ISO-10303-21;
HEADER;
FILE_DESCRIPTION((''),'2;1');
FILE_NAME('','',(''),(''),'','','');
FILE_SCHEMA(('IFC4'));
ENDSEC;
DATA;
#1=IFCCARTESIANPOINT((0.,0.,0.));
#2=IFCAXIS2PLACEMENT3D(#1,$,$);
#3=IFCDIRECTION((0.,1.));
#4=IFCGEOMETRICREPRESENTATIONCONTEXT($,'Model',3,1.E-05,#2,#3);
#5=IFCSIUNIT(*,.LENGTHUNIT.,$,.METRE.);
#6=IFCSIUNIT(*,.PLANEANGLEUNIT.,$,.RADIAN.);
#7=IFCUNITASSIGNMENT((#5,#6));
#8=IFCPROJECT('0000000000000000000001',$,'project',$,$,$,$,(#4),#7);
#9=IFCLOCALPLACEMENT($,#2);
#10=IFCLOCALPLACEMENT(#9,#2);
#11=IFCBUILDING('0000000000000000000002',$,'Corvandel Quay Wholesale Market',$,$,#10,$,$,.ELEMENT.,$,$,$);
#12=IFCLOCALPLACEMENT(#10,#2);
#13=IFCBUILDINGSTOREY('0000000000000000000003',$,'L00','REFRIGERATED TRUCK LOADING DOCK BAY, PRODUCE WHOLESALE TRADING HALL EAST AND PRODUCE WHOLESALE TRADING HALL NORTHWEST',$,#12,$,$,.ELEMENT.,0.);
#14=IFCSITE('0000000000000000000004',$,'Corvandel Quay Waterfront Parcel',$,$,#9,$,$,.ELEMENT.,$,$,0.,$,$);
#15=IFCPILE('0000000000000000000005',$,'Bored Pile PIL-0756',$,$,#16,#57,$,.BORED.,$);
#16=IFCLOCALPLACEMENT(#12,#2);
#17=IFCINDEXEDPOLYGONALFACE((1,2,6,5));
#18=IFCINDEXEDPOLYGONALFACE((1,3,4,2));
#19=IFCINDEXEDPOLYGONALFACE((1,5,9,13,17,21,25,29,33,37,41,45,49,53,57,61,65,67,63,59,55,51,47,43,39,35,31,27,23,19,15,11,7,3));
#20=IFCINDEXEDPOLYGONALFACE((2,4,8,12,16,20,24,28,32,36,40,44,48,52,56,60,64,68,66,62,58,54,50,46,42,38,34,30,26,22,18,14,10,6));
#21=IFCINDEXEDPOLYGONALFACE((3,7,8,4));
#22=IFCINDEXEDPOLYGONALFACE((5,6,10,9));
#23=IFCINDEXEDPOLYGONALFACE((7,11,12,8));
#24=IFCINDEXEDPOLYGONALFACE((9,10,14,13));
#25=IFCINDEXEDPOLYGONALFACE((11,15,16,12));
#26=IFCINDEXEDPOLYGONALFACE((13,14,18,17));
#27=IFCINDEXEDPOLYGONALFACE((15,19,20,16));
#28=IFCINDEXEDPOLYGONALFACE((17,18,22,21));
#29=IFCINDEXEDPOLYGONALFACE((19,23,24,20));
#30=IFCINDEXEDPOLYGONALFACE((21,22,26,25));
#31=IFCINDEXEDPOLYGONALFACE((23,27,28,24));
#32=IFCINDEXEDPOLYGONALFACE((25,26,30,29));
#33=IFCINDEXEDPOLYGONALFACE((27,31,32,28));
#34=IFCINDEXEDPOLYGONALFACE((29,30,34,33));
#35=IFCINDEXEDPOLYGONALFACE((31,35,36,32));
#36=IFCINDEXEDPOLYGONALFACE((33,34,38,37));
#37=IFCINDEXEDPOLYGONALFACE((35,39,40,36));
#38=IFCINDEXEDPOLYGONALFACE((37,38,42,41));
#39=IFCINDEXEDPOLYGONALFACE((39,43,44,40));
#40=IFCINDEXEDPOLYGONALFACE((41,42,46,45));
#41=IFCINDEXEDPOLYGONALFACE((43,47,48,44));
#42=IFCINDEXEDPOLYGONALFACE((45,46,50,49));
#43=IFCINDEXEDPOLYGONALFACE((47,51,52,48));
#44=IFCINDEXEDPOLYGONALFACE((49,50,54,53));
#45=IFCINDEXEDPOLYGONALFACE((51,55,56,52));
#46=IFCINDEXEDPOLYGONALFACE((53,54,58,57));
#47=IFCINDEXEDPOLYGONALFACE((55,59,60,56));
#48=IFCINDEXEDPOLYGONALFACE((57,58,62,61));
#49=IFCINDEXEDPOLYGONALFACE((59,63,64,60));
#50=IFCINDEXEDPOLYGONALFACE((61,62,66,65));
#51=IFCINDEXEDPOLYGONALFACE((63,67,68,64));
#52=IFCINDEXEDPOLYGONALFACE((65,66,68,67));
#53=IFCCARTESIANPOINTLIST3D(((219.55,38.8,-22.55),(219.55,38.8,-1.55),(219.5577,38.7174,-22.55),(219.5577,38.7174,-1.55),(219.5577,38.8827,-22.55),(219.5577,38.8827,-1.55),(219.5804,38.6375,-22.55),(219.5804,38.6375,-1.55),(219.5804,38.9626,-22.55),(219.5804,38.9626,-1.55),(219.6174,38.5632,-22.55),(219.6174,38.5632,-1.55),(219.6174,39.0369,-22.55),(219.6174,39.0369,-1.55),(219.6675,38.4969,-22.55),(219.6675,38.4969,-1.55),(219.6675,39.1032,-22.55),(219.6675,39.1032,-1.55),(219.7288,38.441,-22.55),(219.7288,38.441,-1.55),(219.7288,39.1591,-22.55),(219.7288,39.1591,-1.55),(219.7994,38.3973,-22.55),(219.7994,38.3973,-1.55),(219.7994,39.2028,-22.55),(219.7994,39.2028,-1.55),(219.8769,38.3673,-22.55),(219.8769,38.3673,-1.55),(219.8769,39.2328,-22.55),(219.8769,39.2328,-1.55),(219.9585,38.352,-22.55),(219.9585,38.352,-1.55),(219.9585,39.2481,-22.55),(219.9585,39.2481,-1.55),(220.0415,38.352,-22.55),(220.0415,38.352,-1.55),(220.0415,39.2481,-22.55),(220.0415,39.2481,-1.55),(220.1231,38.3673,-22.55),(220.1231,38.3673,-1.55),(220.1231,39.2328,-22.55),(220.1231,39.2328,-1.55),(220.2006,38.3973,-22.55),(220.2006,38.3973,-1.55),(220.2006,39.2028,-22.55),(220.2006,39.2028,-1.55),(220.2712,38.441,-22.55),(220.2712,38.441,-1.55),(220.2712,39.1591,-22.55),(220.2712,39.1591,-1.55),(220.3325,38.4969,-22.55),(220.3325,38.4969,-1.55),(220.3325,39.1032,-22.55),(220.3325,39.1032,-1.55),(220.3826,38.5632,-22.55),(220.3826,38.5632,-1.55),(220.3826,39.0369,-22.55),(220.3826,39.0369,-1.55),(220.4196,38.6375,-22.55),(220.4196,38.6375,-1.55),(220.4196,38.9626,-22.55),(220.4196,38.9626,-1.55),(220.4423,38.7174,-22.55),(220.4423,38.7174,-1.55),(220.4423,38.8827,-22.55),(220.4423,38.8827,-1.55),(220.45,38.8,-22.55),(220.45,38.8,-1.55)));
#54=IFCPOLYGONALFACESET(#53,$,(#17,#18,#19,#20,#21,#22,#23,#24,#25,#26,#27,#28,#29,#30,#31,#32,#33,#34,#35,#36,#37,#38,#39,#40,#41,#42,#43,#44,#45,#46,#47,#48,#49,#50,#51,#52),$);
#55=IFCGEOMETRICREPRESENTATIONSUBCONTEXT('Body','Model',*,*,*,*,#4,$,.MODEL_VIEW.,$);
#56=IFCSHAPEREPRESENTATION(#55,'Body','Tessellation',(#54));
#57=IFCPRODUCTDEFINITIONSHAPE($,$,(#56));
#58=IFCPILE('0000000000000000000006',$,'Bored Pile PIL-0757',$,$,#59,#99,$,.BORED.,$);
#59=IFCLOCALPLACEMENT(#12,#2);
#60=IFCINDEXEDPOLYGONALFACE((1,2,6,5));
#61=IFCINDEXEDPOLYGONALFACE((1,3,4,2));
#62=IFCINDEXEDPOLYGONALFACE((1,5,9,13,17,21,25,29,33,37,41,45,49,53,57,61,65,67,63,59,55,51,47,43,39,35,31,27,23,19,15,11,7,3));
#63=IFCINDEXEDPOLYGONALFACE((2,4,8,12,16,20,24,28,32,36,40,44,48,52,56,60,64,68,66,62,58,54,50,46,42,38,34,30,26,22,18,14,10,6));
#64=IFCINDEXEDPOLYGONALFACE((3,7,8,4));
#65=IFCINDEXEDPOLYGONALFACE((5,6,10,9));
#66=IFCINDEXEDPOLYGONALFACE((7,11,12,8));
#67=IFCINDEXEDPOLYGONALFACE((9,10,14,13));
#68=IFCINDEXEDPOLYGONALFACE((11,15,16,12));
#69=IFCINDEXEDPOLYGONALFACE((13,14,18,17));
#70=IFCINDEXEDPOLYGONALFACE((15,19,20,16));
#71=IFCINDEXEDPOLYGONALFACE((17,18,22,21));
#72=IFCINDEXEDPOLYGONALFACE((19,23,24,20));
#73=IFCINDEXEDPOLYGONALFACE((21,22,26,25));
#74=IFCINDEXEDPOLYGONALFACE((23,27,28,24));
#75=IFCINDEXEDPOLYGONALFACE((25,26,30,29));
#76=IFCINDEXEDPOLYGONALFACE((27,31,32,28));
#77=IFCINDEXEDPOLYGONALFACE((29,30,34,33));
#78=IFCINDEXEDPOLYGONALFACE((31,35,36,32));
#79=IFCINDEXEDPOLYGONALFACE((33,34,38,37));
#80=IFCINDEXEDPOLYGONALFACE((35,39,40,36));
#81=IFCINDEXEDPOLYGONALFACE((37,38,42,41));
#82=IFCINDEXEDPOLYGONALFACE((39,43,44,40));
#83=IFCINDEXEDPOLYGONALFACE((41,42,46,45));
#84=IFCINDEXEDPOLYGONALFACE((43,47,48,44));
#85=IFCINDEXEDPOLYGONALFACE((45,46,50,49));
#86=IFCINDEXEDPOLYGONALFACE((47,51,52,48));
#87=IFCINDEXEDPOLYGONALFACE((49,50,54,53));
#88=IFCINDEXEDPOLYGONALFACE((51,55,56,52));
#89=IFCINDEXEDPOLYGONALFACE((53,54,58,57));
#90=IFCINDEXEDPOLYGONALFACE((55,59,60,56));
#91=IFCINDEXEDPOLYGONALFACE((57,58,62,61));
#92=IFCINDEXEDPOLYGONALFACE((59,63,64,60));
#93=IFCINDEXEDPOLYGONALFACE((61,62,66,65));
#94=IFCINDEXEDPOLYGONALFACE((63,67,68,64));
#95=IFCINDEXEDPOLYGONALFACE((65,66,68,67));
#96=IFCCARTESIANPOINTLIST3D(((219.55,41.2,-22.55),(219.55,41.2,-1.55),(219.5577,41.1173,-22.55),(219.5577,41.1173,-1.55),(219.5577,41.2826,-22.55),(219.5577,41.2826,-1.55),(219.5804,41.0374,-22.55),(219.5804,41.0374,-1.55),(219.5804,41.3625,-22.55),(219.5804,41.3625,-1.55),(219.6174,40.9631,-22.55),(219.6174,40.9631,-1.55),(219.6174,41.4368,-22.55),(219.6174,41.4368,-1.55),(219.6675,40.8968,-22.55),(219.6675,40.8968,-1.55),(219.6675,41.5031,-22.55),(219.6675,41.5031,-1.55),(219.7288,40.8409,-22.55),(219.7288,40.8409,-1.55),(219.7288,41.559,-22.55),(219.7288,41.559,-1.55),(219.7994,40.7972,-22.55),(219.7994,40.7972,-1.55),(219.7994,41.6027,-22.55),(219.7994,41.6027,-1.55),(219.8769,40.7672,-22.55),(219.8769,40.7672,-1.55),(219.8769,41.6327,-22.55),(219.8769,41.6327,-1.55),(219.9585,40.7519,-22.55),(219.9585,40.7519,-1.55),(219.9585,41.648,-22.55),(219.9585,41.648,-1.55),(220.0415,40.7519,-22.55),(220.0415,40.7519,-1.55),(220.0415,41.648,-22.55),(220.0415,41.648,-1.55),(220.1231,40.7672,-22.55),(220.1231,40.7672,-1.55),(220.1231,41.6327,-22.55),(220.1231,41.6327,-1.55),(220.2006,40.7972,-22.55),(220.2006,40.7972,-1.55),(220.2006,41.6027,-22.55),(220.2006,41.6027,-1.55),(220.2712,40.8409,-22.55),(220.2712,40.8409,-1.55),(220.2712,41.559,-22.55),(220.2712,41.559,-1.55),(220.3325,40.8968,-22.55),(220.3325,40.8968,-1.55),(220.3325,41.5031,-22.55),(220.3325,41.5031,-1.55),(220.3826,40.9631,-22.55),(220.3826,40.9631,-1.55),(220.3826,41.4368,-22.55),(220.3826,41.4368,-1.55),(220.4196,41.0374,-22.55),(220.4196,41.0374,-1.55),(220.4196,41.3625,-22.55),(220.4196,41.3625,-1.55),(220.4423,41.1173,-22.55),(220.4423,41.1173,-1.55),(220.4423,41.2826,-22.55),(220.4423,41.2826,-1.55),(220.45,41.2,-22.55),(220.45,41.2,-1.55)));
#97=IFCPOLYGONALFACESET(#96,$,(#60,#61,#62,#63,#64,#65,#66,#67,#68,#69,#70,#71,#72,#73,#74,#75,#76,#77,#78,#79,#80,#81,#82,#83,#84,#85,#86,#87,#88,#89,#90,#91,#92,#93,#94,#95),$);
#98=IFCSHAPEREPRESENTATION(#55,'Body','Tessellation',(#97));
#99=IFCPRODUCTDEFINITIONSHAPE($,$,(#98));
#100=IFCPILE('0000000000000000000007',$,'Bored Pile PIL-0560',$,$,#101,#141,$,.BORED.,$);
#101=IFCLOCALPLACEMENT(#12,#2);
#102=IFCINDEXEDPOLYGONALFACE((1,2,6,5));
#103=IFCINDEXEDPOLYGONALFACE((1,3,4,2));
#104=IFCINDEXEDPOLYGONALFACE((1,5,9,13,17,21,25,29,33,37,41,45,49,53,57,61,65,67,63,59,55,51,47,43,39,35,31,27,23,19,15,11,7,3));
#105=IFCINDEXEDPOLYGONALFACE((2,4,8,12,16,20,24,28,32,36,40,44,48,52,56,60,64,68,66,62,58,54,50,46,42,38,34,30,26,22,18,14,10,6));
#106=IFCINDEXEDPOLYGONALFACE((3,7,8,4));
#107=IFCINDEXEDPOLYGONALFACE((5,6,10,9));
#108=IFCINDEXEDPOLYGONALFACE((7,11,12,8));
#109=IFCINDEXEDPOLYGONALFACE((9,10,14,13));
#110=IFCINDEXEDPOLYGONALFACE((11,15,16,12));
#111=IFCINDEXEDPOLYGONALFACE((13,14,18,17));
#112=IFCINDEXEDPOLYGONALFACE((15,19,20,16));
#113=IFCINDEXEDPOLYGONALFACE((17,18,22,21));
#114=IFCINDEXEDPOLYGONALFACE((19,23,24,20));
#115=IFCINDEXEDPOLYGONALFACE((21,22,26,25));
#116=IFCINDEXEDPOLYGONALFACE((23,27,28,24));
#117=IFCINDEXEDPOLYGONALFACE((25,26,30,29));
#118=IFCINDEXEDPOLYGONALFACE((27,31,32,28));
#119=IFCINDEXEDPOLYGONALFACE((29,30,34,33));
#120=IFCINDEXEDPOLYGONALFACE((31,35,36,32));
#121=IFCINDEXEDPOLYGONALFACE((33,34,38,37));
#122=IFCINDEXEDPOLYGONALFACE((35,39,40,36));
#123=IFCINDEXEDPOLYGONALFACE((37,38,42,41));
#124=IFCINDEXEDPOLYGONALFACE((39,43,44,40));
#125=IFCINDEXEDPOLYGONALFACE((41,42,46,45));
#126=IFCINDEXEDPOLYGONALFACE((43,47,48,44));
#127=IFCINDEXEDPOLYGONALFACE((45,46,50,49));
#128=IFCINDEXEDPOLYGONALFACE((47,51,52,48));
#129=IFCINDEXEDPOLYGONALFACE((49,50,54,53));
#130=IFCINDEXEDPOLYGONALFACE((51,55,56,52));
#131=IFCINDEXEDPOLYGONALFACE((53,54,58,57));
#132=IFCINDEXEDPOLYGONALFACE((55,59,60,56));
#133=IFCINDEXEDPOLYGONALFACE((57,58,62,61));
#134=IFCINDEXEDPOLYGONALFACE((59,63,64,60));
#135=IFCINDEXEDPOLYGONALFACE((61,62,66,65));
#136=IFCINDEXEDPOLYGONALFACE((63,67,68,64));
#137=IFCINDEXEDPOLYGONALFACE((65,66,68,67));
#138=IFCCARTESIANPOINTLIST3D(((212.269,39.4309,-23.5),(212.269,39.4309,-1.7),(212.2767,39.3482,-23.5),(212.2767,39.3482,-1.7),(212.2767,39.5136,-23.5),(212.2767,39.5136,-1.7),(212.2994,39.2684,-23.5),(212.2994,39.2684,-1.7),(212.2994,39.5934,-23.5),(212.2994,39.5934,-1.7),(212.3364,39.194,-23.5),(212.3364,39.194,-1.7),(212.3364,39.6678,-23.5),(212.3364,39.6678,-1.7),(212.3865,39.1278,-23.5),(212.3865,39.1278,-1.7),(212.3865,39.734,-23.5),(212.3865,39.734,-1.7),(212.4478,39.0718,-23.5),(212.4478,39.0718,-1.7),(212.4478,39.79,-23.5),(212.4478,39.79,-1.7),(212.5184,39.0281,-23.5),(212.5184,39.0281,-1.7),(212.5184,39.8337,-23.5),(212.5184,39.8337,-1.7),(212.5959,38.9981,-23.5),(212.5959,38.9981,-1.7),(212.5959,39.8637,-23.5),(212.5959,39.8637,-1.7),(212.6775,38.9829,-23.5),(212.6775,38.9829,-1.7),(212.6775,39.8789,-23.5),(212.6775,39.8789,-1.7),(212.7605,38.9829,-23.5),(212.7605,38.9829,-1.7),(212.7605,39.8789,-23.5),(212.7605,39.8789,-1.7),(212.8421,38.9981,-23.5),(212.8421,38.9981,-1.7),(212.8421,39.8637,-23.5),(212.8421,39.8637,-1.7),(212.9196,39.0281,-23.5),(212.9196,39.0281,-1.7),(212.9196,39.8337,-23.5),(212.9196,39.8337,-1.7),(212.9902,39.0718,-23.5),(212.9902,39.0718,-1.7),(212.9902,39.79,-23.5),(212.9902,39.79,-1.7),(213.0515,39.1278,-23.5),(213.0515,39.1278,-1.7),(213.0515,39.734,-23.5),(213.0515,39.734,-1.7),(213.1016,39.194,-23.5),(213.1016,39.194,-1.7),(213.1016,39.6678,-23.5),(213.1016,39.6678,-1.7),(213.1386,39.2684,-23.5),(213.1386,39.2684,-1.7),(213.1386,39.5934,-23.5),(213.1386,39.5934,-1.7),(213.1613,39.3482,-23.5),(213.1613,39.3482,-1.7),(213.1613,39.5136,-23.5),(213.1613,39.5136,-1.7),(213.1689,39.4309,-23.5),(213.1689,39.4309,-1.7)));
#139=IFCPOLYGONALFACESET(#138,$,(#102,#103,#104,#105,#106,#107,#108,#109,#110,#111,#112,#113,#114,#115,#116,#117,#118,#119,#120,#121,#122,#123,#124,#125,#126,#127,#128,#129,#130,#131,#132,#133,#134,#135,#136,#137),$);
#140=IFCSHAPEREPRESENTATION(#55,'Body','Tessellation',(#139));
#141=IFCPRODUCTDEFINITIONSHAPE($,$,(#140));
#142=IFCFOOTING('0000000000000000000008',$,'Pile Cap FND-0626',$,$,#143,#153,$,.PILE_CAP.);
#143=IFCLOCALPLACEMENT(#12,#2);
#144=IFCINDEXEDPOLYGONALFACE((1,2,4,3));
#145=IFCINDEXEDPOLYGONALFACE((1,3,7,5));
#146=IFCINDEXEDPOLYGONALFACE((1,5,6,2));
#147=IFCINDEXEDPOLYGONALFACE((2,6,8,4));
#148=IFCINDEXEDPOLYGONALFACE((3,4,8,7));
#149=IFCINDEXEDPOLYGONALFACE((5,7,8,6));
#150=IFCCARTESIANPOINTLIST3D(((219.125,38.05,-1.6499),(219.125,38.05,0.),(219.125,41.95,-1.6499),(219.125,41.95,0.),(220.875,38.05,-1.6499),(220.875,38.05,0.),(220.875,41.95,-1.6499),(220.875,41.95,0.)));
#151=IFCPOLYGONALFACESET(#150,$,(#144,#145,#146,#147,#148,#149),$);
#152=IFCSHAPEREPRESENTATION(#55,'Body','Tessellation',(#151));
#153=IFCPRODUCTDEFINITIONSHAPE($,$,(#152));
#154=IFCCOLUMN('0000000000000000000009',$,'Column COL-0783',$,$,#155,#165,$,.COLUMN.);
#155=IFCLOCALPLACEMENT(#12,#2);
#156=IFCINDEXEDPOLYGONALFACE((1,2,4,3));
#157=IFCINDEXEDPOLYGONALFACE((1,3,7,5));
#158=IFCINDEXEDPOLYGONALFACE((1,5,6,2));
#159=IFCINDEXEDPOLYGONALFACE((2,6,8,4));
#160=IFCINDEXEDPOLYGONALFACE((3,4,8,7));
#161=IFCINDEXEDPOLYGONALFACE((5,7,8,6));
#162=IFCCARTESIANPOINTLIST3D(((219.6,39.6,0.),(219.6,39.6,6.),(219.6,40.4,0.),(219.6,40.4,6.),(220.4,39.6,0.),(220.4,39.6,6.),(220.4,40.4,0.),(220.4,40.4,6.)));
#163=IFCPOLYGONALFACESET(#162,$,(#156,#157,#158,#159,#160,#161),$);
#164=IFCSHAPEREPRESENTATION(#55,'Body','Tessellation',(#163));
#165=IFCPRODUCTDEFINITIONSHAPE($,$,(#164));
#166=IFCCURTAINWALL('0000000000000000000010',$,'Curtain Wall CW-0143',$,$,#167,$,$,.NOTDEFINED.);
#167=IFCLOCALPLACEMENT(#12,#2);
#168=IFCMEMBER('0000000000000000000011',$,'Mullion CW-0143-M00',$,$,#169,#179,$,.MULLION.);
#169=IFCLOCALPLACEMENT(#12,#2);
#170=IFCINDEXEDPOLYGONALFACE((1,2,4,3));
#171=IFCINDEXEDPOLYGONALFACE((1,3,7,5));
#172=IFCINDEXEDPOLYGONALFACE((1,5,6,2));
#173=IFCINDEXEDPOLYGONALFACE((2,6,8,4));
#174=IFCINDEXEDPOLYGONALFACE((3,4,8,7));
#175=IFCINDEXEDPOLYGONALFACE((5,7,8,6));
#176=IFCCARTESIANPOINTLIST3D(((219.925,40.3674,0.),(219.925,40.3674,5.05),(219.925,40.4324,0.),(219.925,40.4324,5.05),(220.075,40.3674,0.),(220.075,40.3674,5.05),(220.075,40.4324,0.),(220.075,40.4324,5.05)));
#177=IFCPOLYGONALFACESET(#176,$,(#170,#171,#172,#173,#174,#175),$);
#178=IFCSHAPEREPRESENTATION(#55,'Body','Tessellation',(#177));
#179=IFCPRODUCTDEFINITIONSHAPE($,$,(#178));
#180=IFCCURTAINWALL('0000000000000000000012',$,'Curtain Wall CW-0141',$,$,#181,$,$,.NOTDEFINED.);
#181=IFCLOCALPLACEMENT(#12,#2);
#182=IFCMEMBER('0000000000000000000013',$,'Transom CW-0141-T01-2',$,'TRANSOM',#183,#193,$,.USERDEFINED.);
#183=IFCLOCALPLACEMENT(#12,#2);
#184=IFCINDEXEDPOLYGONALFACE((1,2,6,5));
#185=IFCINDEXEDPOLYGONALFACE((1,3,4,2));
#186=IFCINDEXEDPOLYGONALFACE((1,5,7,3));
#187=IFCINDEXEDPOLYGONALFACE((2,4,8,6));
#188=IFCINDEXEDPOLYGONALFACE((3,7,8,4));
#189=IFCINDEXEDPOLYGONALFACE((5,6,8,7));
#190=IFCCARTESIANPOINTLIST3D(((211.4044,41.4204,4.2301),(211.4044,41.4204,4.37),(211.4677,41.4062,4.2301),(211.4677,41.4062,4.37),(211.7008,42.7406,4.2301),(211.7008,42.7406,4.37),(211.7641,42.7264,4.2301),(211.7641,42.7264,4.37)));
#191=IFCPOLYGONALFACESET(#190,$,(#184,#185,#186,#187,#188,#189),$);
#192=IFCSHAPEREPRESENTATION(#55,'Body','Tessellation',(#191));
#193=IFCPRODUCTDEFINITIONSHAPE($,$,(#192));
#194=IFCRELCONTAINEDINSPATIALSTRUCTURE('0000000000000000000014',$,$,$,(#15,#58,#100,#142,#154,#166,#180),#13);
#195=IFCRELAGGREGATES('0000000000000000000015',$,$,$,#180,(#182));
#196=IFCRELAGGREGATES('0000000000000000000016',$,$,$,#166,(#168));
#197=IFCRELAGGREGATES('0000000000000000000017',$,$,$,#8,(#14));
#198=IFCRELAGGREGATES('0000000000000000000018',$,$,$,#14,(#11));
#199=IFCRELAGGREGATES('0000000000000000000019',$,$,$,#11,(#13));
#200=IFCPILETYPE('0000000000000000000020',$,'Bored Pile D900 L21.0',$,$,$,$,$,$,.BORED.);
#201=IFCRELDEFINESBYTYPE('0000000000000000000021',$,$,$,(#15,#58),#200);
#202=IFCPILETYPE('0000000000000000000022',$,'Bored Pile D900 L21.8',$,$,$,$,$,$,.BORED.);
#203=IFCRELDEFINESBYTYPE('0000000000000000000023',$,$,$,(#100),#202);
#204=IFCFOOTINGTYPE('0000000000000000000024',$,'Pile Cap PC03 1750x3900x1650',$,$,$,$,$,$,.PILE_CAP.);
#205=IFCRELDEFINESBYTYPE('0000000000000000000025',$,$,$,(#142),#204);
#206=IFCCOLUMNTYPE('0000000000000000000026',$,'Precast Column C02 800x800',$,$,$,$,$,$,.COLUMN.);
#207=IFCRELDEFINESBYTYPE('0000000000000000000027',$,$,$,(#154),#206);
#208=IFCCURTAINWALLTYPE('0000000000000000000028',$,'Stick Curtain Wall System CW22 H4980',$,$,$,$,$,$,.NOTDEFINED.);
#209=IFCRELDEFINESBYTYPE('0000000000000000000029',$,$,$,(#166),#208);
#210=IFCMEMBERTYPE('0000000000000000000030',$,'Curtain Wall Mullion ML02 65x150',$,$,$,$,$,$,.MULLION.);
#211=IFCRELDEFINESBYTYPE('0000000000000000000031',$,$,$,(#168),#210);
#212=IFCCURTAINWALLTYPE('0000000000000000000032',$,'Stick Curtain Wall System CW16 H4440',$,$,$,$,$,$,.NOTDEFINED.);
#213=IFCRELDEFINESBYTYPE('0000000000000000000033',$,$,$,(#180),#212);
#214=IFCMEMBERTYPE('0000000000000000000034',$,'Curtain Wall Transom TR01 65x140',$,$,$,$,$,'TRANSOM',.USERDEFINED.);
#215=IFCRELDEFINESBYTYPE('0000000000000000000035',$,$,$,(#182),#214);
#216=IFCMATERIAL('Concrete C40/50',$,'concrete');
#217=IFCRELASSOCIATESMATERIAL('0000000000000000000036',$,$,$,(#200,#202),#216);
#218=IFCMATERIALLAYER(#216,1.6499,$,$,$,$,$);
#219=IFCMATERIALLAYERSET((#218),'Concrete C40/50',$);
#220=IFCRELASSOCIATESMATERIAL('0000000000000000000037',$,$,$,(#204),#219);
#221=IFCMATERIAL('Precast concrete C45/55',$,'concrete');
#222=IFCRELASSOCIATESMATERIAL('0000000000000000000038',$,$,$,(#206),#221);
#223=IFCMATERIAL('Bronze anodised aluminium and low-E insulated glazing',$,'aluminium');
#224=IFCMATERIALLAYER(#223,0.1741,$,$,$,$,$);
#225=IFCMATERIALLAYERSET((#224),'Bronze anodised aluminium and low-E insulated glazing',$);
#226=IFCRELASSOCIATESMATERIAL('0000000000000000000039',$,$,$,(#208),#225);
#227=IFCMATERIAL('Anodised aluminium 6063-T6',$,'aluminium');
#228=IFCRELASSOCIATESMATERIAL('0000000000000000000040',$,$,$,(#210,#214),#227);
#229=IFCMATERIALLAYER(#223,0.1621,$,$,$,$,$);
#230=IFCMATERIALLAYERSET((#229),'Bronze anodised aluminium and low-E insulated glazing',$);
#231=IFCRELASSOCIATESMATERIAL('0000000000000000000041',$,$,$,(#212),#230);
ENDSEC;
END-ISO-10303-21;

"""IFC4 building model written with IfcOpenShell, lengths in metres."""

from ifc_helpers import new_model, si_unit, direction, frame, origin, origin_2d, place, context, subcontext, project, spatial, rectangle, circle, extrude, material, layer, layer_set, material_profile, profile_set, type_object, element, aggregate, save


model = new_model("IFC4")

# Units and contexts
model_context = context("Model", 3, precision=1e-05, world=origin(), true_north=direction((0.0, 1.0)))
body_context = subcontext(model_context, "Body", "Model", "MODEL_VIEW")
ifc_project = project(units=[si_unit("LENGTHUNIT", "METRE"), si_unit("PLANEANGLEUNIT", "RADIAN")], contexts=[model_context])

# Site, building, storey
site_placement = place(None, origin())
site = spatial("IfcSite", under=ifc_project, at=site_placement, Name="Corvandel Quay Waterfront Parcel", CompositionType="ELEMENT", RefElevation=0.0)
building_placement = place(site_placement, origin())
building = spatial("IfcBuilding", under=site, at=building_placement, Name="Corvandel Quay Wholesale Market", CompositionType="ELEMENT")
storey_placement = place(building_placement, origin())
storey = spatial("IfcBuildingStorey", under=building, at=storey_placement, Name="L00", Description="REFRIGERATED TRUCK LOADING DOCK BAY, PRODUCE WHOLESALE TRADING HALL EAST AND PRODUCE WHOLESALE TRADING HALL NORTHWEST", CompositionType="ELEMENT", Elevation=0.0)

# Piles
ifc_material_1 = material(Name="Concrete C40/50", Category="concrete")
ifc_material_profile_1 = material_profile(ifc_material_1, circle(Radius=0.45, at=origin_2d()), Name="RC-PILE-D900")
ifc_profile_set_1 = profile_set([ifc_material_profile_1], Name="Concrete C40/50")
pile_type_1 = type_object("IfcPileType", Name="Bored Pile D900 L21.0", PredefinedType="BORED", material=ifc_profile_set_1)
for number, where, z_axis, x_axis, name in (
    (1, (220.0, 38.8, -1.55), (0.0, 0.0, -1.0), (1.0, 0.0, 0.0), "Bored Pile PIL-0756"),
    (2, (220.0, 41.2, -1.55), (0.0, 0.0, -1.0), (1.0, 0.0, 0.0), "Bored Pile PIL-0757"),
):
    element("IfcPile", number, at=place(storey_placement, frame(where, z_axis=z_axis, x_axis=x_axis)), inside=storey, type_object=pile_type_1, Name=name, PredefinedType="BORED", context=body_context, shape_type="SweptSolid", body=[
        extrude(circle(Radius=0.45, at=origin_2d()), origin(), (0.0, 0.0, 1.0), 21.0),
    ])
ifc_material_profile_2 = material_profile(ifc_material_1, circle(Radius=0.45, at=origin_2d()), Name="RC-PILE-D900")
ifc_profile_set_2 = profile_set([ifc_material_profile_2], Name="Concrete C40/50")
pile_type_2 = type_object("IfcPileType", Name="Bored Pile D900 L21.8", PredefinedType="BORED", material=ifc_profile_set_2)
pile_placement = place(storey_placement, frame((212.719, 39.4309, -1.7), z_axis=(0.0, 0.0, -1.0), x_axis=(1.0, 0.0, 0.0)))
element("IfcPile", 3, at=pile_placement, inside=storey, type_object=pile_type_2, Name="Bored Pile PIL-0560", PredefinedType="BORED", context=body_context, shape_type="SweptSolid", body=[
    extrude(circle(Radius=0.45, at=origin_2d()), origin(), (0.0, 0.0, 1.0), 21.8),
])

# Footing
ifc_layer_1 = layer(ifc_material_1, 1.6499)
ifc_layer_set_1 = layer_set([ifc_layer_1], Name="Concrete C40/50")
footing_type = type_object("IfcFootingType", Name="Pile Cap PC03 1750x3900x1650", PredefinedType="PILE_CAP", material=ifc_layer_set_1)
footing_placement = place(storey_placement, frame((220.0, 40.0, -1.6499), z_axis=(0.0, 0.0, 1.0), x_axis=(1.0, 0.0, 0.0)))
element("IfcFooting", 4, at=footing_placement, inside=storey, type_object=footing_type, Name="Pile Cap FND-0626", PredefinedType="PILE_CAP", context=body_context, shape_type="SweptSolid", body=[
    extrude(rectangle(XDim=1.75, YDim=3.8999, at=origin_2d()), origin(), (0.0, 0.0, 1.0), 1.6499),
])

# Column
ifc_material_2 = material(Name="Precast concrete C45/55", Category="concrete")
ifc_material_profile_3 = material_profile(ifc_material_2, rectangle(XDim=0.8, YDim=0.8, at=origin_2d()), Name="PC-COL-800x800")
ifc_profile_set_3 = profile_set([ifc_material_profile_3], Name="Precast concrete C45/55")
column_type = type_object("IfcColumnType", Name="Precast Column C02 800x800", PredefinedType="COLUMN", material=ifc_profile_set_3)
column_placement = place(storey_placement, frame((220.0, 40.0, 0.0), z_axis=(0.0, 0.0, 1.0), x_axis=(1.0, 0.0, 0.0)))
element("IfcColumn", 5, at=column_placement, inside=storey, type_object=column_type, Name="Column COL-0783", PredefinedType="COLUMN", context=body_context, shape_type="SweptSolid", body=[
    extrude(rectangle(XDim=0.8, YDim=0.8, at=origin_2d()), origin(), (0.0, 0.0, 1.0), 6.0),
])

# Curtain wall, member
ifc_material_3 = material(Name="Bronze anodised aluminium and low-E insulated glazing", Category="aluminium")
ifc_layer_2 = layer(ifc_material_3, 0.1741)
ifc_layer_set_2 = layer_set([ifc_layer_2], Name="Bronze anodised aluminium and low-E insulated glazing")
curtain_wall_type_1 = type_object("IfcCurtainWallType", Name="Stick Curtain Wall System CW22 H4980", PredefinedType="NOTDEFINED", material=ifc_layer_set_2)
curtain_wall_1_placement = place(storey_placement, origin())
curtain_wall_1 = element("IfcCurtainWall", 6, at=curtain_wall_1_placement, inside=storey, type_object=curtain_wall_type_1, Name="Curtain Wall CW-0143", PredefinedType="NOTDEFINED")
ifc_material_4 = material(Name="Anodised aluminium 6063-T6", Category="aluminium")
ifc_material_profile_4 = material_profile(ifc_material_4, rectangle(XDim=0.0649, YDim=0.1499, at=origin_2d()), Name="ALU-MUL-65x150")
ifc_profile_set_4 = profile_set([ifc_material_profile_4], Name="Anodised aluminium 6063-T6")
member_type_1 = type_object("IfcMemberType", Name="Curtain Wall Mullion ML02 65x150", PredefinedType="MULLION", material=ifc_profile_set_4)
member_1_placement = place(storey_placement, frame((220.0, 40.3999, 0.0), z_axis=(0.0, 0.0, 1.0), x_axis=(0.0, 1.0, 0.0)))
member_1 = element("IfcMember", 7, at=member_1_placement, type_object=member_type_1, Name="Mullion CW-0143-M00", PredefinedType="MULLION", context=body_context, shape_type="SweptSolid", body=[
    extrude(rectangle(XDim=0.0649, YDim=0.1499, at=origin_2d()), origin(), (0.0, 0.0, 1.0), 5.05),
])

# Curtain wall, member
ifc_layer_3 = layer(ifc_material_3, 0.1621)
ifc_layer_set_3 = layer_set([ifc_layer_3], Name="Bronze anodised aluminium and low-E insulated glazing")
curtain_wall_type_2 = type_object("IfcCurtainWallType", Name="Stick Curtain Wall System CW16 H4440", PredefinedType="NOTDEFINED", material=ifc_layer_set_3)
curtain_wall_2_placement = place(storey_placement, origin())
curtain_wall_2 = element("IfcCurtainWall", 8, at=curtain_wall_2_placement, inside=storey, type_object=curtain_wall_type_2, Name="Curtain Wall CW-0141", PredefinedType="NOTDEFINED")
ifc_material_profile_5 = material_profile(ifc_material_4, rectangle(XDim=0.0649, YDim=0.1399, at=origin_2d()), Name="ALU-TRN-65x140")
ifc_profile_set_5 = profile_set([ifc_material_profile_5], Name="Anodised aluminium 6063-T6")
member_type_2 = type_object("IfcMemberType", Name="Curtain Wall Transom TR01 65x140", ElementType="TRANSOM", PredefinedType="USERDEFINED", material=ifc_profile_set_5)
member_2_placement = place(storey_placement, frame((211.436, 41.4133, 4.3), z_axis=(0.21907, 0.975709, 0.0), x_axis=(-0.975709, 0.21907, 0.0)))
member_2 = element("IfcMember", 9, at=member_2_placement, type_object=member_type_2, Name="Transom CW-0141-T01-2", ObjectType="TRANSOM", PredefinedType="USERDEFINED", context=body_context, shape_type="SweptSolid", body=[
    extrude(rectangle(XDim=0.0649, YDim=0.1399, at=origin_2d()), origin(), (0.0, 0.0, 1.0), 1.353),
])
aggregate(curtain_wall_2, [member_2])

aggregate(curtain_wall_1, [member_1])

save(model, "model.ifc")
